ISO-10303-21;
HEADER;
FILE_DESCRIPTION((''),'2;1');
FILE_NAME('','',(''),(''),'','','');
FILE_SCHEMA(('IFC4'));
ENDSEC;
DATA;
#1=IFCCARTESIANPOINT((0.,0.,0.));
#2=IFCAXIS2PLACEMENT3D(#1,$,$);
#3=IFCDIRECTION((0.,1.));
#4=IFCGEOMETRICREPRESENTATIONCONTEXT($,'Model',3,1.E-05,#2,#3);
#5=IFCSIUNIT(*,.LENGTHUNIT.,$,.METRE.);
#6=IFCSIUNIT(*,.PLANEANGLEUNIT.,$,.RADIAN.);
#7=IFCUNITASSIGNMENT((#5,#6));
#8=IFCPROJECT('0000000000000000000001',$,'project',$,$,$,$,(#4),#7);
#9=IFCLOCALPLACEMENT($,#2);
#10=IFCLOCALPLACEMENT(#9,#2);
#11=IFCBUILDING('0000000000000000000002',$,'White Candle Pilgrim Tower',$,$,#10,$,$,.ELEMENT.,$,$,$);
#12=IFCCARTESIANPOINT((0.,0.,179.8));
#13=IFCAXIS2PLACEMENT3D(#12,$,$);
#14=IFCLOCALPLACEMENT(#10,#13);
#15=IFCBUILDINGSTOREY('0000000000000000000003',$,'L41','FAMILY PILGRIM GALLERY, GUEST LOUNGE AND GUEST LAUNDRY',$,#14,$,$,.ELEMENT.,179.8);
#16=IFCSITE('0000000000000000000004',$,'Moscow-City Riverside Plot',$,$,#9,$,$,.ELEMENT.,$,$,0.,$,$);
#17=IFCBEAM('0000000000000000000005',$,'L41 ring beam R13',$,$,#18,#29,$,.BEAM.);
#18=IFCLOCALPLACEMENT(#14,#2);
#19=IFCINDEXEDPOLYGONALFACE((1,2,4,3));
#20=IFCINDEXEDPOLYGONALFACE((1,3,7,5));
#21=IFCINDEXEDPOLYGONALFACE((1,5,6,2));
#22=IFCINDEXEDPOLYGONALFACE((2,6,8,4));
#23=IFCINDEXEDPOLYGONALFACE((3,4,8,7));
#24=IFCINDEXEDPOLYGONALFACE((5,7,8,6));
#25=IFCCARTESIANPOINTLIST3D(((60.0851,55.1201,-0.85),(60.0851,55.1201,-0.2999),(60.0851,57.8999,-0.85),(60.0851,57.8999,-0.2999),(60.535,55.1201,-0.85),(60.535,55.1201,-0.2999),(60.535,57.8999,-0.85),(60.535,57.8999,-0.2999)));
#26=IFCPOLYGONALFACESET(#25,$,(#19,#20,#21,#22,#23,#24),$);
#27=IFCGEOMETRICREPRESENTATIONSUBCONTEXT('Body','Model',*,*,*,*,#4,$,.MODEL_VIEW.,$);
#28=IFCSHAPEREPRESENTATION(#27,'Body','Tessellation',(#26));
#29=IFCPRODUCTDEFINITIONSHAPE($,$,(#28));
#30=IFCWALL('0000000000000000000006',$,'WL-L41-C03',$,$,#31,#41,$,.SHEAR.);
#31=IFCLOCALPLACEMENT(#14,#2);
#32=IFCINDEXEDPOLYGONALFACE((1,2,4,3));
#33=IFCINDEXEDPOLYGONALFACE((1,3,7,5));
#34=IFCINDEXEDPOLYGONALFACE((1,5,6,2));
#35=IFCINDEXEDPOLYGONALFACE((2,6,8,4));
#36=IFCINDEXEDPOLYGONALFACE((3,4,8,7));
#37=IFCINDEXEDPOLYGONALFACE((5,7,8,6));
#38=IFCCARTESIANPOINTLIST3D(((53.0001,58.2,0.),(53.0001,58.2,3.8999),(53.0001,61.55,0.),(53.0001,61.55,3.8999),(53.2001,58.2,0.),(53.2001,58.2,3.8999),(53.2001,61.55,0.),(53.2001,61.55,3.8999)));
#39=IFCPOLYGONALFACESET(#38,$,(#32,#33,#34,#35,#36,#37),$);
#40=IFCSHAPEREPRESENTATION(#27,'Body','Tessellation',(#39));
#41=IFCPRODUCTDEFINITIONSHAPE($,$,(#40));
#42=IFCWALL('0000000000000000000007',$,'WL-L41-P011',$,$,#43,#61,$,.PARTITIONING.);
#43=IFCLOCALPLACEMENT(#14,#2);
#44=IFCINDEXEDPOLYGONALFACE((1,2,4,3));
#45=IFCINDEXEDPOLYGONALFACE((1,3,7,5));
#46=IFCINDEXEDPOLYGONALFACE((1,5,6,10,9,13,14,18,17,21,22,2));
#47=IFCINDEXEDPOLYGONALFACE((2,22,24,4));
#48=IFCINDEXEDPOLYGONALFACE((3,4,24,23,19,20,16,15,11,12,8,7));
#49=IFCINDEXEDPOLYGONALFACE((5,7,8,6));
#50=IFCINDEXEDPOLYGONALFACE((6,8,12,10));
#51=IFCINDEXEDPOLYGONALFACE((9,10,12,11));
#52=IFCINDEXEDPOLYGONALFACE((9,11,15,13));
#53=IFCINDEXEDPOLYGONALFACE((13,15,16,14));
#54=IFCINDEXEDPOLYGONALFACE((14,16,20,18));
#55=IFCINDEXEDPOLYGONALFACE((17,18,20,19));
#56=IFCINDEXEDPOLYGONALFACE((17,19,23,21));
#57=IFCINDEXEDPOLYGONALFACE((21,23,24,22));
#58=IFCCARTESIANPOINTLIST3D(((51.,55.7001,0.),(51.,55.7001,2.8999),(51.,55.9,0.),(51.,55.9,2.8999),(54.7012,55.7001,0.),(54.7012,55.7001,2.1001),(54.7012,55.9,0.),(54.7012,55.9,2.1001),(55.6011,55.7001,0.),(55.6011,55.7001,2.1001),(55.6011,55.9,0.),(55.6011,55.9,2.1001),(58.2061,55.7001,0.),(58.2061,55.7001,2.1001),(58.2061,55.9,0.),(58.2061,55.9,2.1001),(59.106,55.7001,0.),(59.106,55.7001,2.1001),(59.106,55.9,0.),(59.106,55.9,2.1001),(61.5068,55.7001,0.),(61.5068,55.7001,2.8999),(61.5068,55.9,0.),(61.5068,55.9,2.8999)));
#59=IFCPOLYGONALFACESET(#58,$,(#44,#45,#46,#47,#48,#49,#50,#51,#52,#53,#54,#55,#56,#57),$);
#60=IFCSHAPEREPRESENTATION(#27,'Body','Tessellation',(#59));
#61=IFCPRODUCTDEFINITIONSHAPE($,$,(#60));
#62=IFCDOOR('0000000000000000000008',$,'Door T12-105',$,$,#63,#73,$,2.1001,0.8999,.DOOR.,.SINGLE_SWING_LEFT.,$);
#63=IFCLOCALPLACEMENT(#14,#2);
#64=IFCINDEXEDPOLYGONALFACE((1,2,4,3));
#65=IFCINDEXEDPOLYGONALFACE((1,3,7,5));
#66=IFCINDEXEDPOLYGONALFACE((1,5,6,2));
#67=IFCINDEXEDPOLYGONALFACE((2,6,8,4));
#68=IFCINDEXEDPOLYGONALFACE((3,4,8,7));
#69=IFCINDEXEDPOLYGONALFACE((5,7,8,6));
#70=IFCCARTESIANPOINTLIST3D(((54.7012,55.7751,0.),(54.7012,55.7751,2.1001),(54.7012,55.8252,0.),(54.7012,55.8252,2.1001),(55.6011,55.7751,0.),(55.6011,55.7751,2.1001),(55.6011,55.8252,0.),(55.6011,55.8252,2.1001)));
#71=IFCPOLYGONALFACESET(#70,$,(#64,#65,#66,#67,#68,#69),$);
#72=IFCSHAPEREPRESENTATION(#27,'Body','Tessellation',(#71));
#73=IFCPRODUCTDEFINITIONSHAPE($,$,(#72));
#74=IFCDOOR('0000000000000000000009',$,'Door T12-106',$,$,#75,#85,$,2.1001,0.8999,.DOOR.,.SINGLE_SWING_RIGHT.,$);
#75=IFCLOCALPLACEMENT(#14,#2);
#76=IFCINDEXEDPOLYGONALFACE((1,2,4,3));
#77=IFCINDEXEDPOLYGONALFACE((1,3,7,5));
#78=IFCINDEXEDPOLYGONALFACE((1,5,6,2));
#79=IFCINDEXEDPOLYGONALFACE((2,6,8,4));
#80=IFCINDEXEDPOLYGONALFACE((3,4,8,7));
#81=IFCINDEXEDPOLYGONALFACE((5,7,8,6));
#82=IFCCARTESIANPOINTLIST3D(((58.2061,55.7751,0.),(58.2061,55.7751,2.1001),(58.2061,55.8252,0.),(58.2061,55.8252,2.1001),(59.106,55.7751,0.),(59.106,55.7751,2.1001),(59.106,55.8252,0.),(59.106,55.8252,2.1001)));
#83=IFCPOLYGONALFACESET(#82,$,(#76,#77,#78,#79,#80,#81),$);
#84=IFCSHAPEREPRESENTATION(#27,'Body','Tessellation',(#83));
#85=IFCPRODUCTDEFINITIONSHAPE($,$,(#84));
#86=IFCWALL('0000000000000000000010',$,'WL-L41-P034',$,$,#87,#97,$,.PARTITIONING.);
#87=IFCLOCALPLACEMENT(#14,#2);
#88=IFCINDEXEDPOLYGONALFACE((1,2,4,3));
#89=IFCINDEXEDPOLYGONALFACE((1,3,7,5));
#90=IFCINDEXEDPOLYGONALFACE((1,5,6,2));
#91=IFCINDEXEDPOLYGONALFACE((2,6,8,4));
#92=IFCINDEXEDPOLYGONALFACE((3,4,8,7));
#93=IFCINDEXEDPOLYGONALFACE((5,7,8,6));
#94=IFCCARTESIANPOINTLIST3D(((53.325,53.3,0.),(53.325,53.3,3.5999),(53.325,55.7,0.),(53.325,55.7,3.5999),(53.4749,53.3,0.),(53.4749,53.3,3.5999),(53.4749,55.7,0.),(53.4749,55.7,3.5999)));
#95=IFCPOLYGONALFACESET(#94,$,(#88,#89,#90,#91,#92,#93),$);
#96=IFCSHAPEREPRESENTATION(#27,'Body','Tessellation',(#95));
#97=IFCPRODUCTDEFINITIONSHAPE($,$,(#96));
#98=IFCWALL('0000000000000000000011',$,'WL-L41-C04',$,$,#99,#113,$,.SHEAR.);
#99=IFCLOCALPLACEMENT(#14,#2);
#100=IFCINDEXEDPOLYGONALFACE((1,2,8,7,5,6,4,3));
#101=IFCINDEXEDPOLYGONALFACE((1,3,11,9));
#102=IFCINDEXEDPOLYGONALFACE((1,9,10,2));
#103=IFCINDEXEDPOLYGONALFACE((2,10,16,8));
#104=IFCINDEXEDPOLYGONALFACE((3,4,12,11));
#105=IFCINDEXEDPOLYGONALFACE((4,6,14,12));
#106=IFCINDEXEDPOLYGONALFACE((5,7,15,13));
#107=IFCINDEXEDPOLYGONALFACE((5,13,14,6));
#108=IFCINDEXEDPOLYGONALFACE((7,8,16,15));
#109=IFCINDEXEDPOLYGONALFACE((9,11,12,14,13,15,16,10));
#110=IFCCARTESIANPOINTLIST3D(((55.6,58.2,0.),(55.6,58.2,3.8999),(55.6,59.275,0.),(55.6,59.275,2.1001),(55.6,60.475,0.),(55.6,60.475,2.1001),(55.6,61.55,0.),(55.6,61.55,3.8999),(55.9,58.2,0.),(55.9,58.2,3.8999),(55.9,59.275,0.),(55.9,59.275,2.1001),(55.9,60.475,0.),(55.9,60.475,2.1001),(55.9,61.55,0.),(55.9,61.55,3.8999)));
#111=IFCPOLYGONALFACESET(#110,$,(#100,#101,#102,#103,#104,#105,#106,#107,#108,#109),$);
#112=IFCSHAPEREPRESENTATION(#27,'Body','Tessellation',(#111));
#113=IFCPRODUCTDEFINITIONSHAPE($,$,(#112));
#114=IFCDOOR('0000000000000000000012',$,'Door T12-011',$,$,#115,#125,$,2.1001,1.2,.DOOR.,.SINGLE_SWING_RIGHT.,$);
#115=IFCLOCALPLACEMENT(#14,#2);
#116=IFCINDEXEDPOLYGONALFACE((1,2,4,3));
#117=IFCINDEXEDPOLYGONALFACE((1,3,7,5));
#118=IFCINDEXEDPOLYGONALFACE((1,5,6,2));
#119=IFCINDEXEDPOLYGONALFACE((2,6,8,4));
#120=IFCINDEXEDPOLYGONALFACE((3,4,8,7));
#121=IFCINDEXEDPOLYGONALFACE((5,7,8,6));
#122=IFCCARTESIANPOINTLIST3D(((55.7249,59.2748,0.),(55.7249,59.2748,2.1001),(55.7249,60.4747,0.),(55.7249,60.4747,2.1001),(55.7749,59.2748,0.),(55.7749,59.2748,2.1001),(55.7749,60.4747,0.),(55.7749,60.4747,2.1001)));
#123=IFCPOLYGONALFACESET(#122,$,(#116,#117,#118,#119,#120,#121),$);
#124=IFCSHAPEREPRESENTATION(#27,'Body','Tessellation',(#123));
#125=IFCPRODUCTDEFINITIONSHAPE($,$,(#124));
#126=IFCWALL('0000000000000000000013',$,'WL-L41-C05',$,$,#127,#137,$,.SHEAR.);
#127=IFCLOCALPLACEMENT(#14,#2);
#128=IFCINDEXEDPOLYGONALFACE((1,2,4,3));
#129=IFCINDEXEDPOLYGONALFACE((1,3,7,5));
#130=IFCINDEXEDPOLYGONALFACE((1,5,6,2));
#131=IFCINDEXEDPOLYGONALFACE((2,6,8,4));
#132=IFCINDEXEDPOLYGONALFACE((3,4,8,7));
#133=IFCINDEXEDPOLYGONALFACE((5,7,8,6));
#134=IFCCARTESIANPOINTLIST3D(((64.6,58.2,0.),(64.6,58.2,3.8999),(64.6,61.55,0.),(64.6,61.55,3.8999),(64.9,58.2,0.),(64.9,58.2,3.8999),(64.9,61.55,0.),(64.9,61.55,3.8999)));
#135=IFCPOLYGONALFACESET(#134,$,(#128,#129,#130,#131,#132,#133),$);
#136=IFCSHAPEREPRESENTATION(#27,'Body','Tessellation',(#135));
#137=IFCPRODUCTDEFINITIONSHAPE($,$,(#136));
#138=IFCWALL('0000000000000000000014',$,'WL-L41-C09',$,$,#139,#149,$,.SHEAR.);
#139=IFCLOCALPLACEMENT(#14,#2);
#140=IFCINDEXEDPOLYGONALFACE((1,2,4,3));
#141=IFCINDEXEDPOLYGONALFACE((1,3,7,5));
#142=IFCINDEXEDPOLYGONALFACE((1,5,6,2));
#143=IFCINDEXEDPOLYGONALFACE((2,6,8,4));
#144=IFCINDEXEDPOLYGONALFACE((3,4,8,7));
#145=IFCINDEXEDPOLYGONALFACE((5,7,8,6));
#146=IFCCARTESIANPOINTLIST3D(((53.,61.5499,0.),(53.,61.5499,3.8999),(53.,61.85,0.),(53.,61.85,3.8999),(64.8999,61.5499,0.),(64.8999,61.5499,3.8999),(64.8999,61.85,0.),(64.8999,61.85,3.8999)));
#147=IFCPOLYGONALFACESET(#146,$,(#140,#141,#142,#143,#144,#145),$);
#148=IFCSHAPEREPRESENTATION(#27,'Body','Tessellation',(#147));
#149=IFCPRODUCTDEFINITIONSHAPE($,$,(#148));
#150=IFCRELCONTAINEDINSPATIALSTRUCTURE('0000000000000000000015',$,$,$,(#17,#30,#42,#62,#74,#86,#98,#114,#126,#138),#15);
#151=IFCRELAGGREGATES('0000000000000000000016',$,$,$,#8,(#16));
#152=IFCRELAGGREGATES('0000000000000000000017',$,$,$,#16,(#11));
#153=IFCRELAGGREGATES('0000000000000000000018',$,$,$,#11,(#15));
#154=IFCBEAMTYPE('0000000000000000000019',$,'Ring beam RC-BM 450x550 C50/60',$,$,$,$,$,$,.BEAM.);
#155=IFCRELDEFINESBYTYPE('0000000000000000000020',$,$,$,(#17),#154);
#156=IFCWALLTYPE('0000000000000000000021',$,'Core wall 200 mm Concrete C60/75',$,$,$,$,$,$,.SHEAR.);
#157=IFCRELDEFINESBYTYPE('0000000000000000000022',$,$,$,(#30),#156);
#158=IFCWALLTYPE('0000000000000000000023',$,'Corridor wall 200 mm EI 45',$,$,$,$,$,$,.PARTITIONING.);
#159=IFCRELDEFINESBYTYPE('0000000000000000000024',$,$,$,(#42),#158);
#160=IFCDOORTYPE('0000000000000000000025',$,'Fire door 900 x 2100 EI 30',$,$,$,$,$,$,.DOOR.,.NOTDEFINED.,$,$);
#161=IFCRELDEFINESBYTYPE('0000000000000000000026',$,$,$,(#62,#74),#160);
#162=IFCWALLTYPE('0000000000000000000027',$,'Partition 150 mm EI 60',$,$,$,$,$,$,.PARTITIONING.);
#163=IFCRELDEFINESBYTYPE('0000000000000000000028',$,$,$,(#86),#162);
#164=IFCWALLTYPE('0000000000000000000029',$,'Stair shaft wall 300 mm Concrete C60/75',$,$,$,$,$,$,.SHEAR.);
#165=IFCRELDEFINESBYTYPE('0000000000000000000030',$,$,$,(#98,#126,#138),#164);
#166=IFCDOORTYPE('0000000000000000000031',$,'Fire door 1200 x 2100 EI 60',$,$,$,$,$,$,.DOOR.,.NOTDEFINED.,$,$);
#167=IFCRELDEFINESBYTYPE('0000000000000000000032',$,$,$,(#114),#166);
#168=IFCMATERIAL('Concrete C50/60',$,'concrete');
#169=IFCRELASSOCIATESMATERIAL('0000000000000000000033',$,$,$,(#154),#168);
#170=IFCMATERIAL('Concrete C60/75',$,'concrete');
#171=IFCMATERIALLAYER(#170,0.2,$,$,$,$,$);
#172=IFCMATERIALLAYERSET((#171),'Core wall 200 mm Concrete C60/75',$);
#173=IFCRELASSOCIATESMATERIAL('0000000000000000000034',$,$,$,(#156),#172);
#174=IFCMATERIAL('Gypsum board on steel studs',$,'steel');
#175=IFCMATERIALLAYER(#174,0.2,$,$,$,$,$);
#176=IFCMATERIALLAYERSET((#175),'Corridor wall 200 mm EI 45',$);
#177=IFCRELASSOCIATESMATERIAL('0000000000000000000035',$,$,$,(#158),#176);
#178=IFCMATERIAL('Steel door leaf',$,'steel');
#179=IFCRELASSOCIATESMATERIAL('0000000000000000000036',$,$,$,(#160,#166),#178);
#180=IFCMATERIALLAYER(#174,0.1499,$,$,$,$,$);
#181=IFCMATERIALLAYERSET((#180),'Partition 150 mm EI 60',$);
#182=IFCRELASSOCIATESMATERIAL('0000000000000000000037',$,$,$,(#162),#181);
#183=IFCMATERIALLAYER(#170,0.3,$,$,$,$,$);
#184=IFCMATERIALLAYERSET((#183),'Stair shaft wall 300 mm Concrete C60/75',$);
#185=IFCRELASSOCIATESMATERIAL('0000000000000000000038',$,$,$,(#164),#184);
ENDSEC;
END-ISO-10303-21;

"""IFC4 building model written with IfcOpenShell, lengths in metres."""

from ifc_helpers import new_model, si_unit, direction, frame, frame_2d, origin, origin_2d, place, context, subcontext, project, spatial, rectangle, extrude, material, layer, layer_set, material_profile, profile_set, type_object, element, fill, save


model = new_model("IFC4")

# Units and contexts
model_context = context("Model", 3, precision=1e-05, world=origin(), true_north=direction((0.0, 1.0)))
body_context = subcontext(model_context, "Body", "Model", "MODEL_VIEW")
ifc_project = project(units=[si_unit("LENGTHUNIT", "METRE"), si_unit("PLANEANGLEUNIT", "RADIAN")], contexts=[model_context])

# Site, building, storey
site_placement = place(None, origin())
site = spatial("IfcSite", under=ifc_project, at=site_placement, Name="Moscow-City Riverside Plot", CompositionType="ELEMENT", RefElevation=0.0)
building_placement = place(site_placement, origin())
building = spatial("IfcBuilding", under=site, at=building_placement, Name="White Candle Pilgrim Tower", CompositionType="ELEMENT")
storey_placement = place(building_placement, frame((0.0, 0.0, 179.8)))
storey = spatial("IfcBuildingStorey", under=building, at=storey_placement, Name="L41", Description="FAMILY PILGRIM GALLERY, GUEST LOUNGE AND GUEST LAUNDRY", CompositionType="ELEMENT", Elevation=179.8)

# Beam
ifc_material_1 = material(Name="Concrete C50/60", Category="concrete")
ifc_material_profile = material_profile(ifc_material_1, rectangle(XDim=0.45, YDim=0.55, at=origin_2d()), Name="RC-BM 450x550")
ifc_profile_set = profile_set([ifc_material_profile], Name="Concrete C50/60")
beam_type = type_object("IfcBeamType", Name="Ring beam RC-BM 450x550 C50/60", PredefinedType="BEAM", material=ifc_profile_set)
beam_placement = place(storey_placement, frame((60.3101, 55.1201, -0.575), z_axis=(0.0, 1.0, 0.0), x_axis=(-1.0, 0.0, 0.0)))
element("IfcBeam", 1, at=beam_placement, inside=storey, type_object=beam_type, Name="L41 ring beam R13", PredefinedType="BEAM", context=body_context, shape_type="SweptSolid", body=[
    extrude(rectangle(XDim=0.45, YDim=0.55, at=origin_2d()), origin(), (0.0, 0.0, 1.0), 2.7798),
])

# Wall
ifc_material_2 = material(Name="Concrete C60/75", Category="concrete")
ifc_layer_1 = layer(ifc_material_2, 0.2)
ifc_layer_set_1 = layer_set([ifc_layer_1], Name="Core wall 200 mm Concrete C60/75")
wall_type_1 = type_object("IfcWallType", Name="Core wall 200 mm Concrete C60/75", PredefinedType="SHEAR", material=ifc_layer_set_1)
wall_1_placement = place(storey_placement, frame((53.1001, 58.2, 0.0), z_axis=(0.0, 0.0, 1.0), x_axis=(0.0, 1.0, 0.0)))
element("IfcWall", 2, at=wall_1_placement, inside=storey, type_object=wall_type_1, Name="WL-L41-C03", PredefinedType="SHEAR", context=body_context, shape_type="SweptSolid", body=[
    extrude(rectangle(XDim=3.3501, YDim=0.2, at=frame_2d((1.675, 0.0))), origin(), (0.0, 0.0, 1.0), 3.8999),
])

# Wall, openings, doors
ifc_material_3 = material(Name="Gypsum board on steel studs", Category="steel")
ifc_layer_2 = layer(ifc_material_3, 0.2)
ifc_layer_set_2 = layer_set([ifc_layer_2], Name="Corridor wall 200 mm EI 45")
wall_type_2 = type_object("IfcWallType", Name="Corridor wall 200 mm EI 45", PredefinedType="PARTITIONING", material=ifc_layer_set_2)
wall_2_placement = place(storey_placement, frame((61.5068, 55.8, 0.0), z_axis=(0.0, 0.0, 1.0), x_axis=(-1.0, 0.0, 0.0)))
wall_2 = element("IfcWall", 3, at=wall_2_placement, inside=storey, type_object=wall_type_2, Name="WL-L41-P011", PredefinedType="PARTITIONING", context=body_context, shape_type="SweptSolid", body=[
    extrude(rectangle(XDim=10.5068, YDim=0.2, at=frame_2d((5.2534, 0.0))), origin(), (0.0, 0.0, 1.0), 2.8999),
])
opening_1_placement = place(wall_2_placement, frame((5.9058, 0.0, 0.0)))
opening_1 = element("IfcOpeningElement", 4, at=opening_1_placement, cuts=wall_2, PredefinedType="OPENING", context=body_context, shape_type="SweptSolid", body=[
    extrude(rectangle(XDim=0.8999, YDim=2.1001, at=frame_2d((0.45, 1.05))), frame((0.0, 0.1099, 0.0), z_axis=(0.0, -1.0, 0.0), x_axis=(1.0, 0.0, 0.0)), (0.0, 0.0, 1.0), 0.22),
])
opening_2_placement = place(wall_2_placement, frame((2.4009, 0.0, 0.0)))
opening_2 = element("IfcOpeningElement", 5, at=opening_2_placement, cuts=wall_2, PredefinedType="OPENING", context=body_context, shape_type="SweptSolid", body=[
    extrude(rectangle(XDim=0.8999, YDim=2.1001, at=frame_2d((0.45, 1.05))), frame((0.0, 0.1099, 0.0), z_axis=(0.0, -1.0, 0.0), x_axis=(1.0, 0.0, 0.0)), (0.0, 0.0, 1.0), 0.22),
])
ifc_material_4 = material(Name="Steel door leaf", Category="steel")
door_type_1 = type_object("IfcDoorType", Name="Fire door 900 x 2100 EI 30", OperationType="NOTDEFINED", PredefinedType="DOOR", material=ifc_material_4)
door_1_placement = place(opening_1_placement, origin())
door_1 = element("IfcDoor", 6, at=door_1_placement, inside=storey, type_object=door_type_1, Name="Door T12-105", OperationType="SINGLE_SWING_LEFT", OverallHeight=2.1001, OverallWidth=0.8999, PredefinedType="DOOR", context=body_context, shape_type="SweptSolid", body=[
    extrude(rectangle(XDim=0.8999, YDim=2.1001, at=frame_2d((0.45, 1.05))), frame((0.0, 0.0249, 0.0), z_axis=(0.0, -1.0, 0.0), x_axis=(1.0, 0.0, 0.0)), (0.0, 0.0, 1.0), 0.05),
])
fill(opening_1, door_1)
door_2_placement = place(opening_2_placement, origin())
door_2 = element("IfcDoor", 7, at=door_2_placement, inside=storey, type_object=door_type_1, Name="Door T12-106", OperationType="SINGLE_SWING_RIGHT", OverallHeight=2.1001, OverallWidth=0.8999, PredefinedType="DOOR", context=body_context, shape_type="SweptSolid", body=[
    extrude(rectangle(XDim=0.8999, YDim=2.1001, at=frame_2d((0.45, 1.05))), frame((0.0, 0.0249, 0.0), z_axis=(0.0, -1.0, 0.0), x_axis=(1.0, 0.0, 0.0)), (0.0, 0.0, 1.0), 0.05),
])
fill(opening_2, door_2)

# Wall
ifc_layer_3 = layer(ifc_material_3, 0.1499)
ifc_layer_set_3 = layer_set([ifc_layer_3], Name="Partition 150 mm EI 60")
wall_type_3 = type_object("IfcWallType", Name="Partition 150 mm EI 60", PredefinedType="PARTITIONING", material=ifc_layer_set_3)
wall_3_placement = place(storey_placement, frame((53.3999, 55.7, 0.0), z_axis=(0.0, 0.0, 1.0), x_axis=(0.0, -1.0, 0.0)))
element("IfcWall", 8, at=wall_3_placement, inside=storey, type_object=wall_type_3, Name="WL-L41-P034", PredefinedType="PARTITIONING", context=body_context, shape_type="SweptSolid", body=[
    extrude(rectangle(XDim=2.3999, YDim=0.1499, at=frame_2d((1.2, 0.0))), origin(), (0.0, 0.0, 1.0), 3.5999),
])

# Wall, opening, door
ifc_layer_4 = layer(ifc_material_2, 0.3)
ifc_layer_set_4 = layer_set([ifc_layer_4], Name="Stair shaft wall 300 mm Concrete C60/75")
wall_type_4 = type_object("IfcWallType", Name="Stair shaft wall 300 mm Concrete C60/75", PredefinedType="SHEAR", material=ifc_layer_set_4)
wall_4_placement = place(storey_placement, frame((55.75, 58.2, 0.0), z_axis=(0.0, 0.0, 1.0), x_axis=(0.0, 1.0, 0.0)))
wall_4 = element("IfcWall", 9, at=wall_4_placement, inside=storey, type_object=wall_type_4, Name="WL-L41-C04", PredefinedType="SHEAR", context=body_context, shape_type="SweptSolid", body=[
    extrude(rectangle(XDim=3.3501, YDim=0.3, at=frame_2d((1.675, 0.0))), origin(), (0.0, 0.0, 1.0), 3.8999),
])
opening_3_placement = place(wall_4_placement, frame((1.075, 0.0, 0.0)))
opening_3 = element("IfcOpeningElement", 10, at=opening_3_placement, cuts=wall_4, PredefinedType="OPENING", context=body_context, shape_type="SweptSolid", body=[
    extrude(rectangle(XDim=1.2, YDim=2.1001, at=frame_2d((0.6001, 1.05))), frame((0.0, 0.1599, 0.0), z_axis=(0.0, -1.0, 0.0), x_axis=(1.0, 0.0, 0.0)), (0.0, 0.0, 1.0), 0.3201),
])
door_type_2 = type_object("IfcDoorType", Name="Fire door 1200 x 2100 EI 60", OperationType="NOTDEFINED", PredefinedType="DOOR", material=ifc_material_4)
door_3_placement = place(opening_3_placement, frame((1.2, 0.0, 0.0), z_axis=(0.0, 0.0, 1.0), x_axis=(-1.0, 0.0, 0.0)))
door_3 = element("IfcDoor", 11, at=door_3_placement, inside=storey, type_object=door_type_2, Name="Door T12-011", OperationType="SINGLE_SWING_RIGHT", OverallHeight=2.1001, OverallWidth=1.2, PredefinedType="DOOR", context=body_context, shape_type="SweptSolid", body=[
    extrude(rectangle(XDim=1.2, YDim=2.1001, at=frame_2d((0.6001, 1.05))), frame((0.0, 0.0249, 0.0), z_axis=(0.0, -1.0, 0.0), x_axis=(1.0, 0.0, 0.0)), (0.0, 0.0, 1.0), 0.05),
])
fill(opening_3, door_3)

# Walls
wall_5_placement = place(storey_placement, frame((64.75, 58.2, 0.0), z_axis=(0.0, 0.0, 1.0), x_axis=(0.0, 1.0, 0.0)))
element("IfcWall", 12, at=wall_5_placement, inside=storey, type_object=wall_type_4, Name="WL-L41-C05", PredefinedType="SHEAR", context=body_context, shape_type="SweptSolid", body=[
    extrude(rectangle(XDim=3.3501, YDim=0.3, at=frame_2d((1.675, 0.0))), origin(), (0.0, 0.0, 1.0), 3.8999),
])
wall_6_placement = place(storey_placement, frame((53.0, 61.7, 0.0), z_axis=(0.0, 0.0, 1.0), x_axis=(1.0, 0.0, 0.0)))
element("IfcWall", 13, at=wall_6_placement, inside=storey, type_object=wall_type_4, Name="WL-L41-C09", PredefinedType="SHEAR", context=body_context, shape_type="SweptSolid", body=[
    extrude(rectangle(XDim=11.8999, YDim=0.3, at=frame_2d((5.95, 0.0))), origin(), (0.0, 0.0, 1.0), 3.8999),
])

save(model, "model.ifc")
